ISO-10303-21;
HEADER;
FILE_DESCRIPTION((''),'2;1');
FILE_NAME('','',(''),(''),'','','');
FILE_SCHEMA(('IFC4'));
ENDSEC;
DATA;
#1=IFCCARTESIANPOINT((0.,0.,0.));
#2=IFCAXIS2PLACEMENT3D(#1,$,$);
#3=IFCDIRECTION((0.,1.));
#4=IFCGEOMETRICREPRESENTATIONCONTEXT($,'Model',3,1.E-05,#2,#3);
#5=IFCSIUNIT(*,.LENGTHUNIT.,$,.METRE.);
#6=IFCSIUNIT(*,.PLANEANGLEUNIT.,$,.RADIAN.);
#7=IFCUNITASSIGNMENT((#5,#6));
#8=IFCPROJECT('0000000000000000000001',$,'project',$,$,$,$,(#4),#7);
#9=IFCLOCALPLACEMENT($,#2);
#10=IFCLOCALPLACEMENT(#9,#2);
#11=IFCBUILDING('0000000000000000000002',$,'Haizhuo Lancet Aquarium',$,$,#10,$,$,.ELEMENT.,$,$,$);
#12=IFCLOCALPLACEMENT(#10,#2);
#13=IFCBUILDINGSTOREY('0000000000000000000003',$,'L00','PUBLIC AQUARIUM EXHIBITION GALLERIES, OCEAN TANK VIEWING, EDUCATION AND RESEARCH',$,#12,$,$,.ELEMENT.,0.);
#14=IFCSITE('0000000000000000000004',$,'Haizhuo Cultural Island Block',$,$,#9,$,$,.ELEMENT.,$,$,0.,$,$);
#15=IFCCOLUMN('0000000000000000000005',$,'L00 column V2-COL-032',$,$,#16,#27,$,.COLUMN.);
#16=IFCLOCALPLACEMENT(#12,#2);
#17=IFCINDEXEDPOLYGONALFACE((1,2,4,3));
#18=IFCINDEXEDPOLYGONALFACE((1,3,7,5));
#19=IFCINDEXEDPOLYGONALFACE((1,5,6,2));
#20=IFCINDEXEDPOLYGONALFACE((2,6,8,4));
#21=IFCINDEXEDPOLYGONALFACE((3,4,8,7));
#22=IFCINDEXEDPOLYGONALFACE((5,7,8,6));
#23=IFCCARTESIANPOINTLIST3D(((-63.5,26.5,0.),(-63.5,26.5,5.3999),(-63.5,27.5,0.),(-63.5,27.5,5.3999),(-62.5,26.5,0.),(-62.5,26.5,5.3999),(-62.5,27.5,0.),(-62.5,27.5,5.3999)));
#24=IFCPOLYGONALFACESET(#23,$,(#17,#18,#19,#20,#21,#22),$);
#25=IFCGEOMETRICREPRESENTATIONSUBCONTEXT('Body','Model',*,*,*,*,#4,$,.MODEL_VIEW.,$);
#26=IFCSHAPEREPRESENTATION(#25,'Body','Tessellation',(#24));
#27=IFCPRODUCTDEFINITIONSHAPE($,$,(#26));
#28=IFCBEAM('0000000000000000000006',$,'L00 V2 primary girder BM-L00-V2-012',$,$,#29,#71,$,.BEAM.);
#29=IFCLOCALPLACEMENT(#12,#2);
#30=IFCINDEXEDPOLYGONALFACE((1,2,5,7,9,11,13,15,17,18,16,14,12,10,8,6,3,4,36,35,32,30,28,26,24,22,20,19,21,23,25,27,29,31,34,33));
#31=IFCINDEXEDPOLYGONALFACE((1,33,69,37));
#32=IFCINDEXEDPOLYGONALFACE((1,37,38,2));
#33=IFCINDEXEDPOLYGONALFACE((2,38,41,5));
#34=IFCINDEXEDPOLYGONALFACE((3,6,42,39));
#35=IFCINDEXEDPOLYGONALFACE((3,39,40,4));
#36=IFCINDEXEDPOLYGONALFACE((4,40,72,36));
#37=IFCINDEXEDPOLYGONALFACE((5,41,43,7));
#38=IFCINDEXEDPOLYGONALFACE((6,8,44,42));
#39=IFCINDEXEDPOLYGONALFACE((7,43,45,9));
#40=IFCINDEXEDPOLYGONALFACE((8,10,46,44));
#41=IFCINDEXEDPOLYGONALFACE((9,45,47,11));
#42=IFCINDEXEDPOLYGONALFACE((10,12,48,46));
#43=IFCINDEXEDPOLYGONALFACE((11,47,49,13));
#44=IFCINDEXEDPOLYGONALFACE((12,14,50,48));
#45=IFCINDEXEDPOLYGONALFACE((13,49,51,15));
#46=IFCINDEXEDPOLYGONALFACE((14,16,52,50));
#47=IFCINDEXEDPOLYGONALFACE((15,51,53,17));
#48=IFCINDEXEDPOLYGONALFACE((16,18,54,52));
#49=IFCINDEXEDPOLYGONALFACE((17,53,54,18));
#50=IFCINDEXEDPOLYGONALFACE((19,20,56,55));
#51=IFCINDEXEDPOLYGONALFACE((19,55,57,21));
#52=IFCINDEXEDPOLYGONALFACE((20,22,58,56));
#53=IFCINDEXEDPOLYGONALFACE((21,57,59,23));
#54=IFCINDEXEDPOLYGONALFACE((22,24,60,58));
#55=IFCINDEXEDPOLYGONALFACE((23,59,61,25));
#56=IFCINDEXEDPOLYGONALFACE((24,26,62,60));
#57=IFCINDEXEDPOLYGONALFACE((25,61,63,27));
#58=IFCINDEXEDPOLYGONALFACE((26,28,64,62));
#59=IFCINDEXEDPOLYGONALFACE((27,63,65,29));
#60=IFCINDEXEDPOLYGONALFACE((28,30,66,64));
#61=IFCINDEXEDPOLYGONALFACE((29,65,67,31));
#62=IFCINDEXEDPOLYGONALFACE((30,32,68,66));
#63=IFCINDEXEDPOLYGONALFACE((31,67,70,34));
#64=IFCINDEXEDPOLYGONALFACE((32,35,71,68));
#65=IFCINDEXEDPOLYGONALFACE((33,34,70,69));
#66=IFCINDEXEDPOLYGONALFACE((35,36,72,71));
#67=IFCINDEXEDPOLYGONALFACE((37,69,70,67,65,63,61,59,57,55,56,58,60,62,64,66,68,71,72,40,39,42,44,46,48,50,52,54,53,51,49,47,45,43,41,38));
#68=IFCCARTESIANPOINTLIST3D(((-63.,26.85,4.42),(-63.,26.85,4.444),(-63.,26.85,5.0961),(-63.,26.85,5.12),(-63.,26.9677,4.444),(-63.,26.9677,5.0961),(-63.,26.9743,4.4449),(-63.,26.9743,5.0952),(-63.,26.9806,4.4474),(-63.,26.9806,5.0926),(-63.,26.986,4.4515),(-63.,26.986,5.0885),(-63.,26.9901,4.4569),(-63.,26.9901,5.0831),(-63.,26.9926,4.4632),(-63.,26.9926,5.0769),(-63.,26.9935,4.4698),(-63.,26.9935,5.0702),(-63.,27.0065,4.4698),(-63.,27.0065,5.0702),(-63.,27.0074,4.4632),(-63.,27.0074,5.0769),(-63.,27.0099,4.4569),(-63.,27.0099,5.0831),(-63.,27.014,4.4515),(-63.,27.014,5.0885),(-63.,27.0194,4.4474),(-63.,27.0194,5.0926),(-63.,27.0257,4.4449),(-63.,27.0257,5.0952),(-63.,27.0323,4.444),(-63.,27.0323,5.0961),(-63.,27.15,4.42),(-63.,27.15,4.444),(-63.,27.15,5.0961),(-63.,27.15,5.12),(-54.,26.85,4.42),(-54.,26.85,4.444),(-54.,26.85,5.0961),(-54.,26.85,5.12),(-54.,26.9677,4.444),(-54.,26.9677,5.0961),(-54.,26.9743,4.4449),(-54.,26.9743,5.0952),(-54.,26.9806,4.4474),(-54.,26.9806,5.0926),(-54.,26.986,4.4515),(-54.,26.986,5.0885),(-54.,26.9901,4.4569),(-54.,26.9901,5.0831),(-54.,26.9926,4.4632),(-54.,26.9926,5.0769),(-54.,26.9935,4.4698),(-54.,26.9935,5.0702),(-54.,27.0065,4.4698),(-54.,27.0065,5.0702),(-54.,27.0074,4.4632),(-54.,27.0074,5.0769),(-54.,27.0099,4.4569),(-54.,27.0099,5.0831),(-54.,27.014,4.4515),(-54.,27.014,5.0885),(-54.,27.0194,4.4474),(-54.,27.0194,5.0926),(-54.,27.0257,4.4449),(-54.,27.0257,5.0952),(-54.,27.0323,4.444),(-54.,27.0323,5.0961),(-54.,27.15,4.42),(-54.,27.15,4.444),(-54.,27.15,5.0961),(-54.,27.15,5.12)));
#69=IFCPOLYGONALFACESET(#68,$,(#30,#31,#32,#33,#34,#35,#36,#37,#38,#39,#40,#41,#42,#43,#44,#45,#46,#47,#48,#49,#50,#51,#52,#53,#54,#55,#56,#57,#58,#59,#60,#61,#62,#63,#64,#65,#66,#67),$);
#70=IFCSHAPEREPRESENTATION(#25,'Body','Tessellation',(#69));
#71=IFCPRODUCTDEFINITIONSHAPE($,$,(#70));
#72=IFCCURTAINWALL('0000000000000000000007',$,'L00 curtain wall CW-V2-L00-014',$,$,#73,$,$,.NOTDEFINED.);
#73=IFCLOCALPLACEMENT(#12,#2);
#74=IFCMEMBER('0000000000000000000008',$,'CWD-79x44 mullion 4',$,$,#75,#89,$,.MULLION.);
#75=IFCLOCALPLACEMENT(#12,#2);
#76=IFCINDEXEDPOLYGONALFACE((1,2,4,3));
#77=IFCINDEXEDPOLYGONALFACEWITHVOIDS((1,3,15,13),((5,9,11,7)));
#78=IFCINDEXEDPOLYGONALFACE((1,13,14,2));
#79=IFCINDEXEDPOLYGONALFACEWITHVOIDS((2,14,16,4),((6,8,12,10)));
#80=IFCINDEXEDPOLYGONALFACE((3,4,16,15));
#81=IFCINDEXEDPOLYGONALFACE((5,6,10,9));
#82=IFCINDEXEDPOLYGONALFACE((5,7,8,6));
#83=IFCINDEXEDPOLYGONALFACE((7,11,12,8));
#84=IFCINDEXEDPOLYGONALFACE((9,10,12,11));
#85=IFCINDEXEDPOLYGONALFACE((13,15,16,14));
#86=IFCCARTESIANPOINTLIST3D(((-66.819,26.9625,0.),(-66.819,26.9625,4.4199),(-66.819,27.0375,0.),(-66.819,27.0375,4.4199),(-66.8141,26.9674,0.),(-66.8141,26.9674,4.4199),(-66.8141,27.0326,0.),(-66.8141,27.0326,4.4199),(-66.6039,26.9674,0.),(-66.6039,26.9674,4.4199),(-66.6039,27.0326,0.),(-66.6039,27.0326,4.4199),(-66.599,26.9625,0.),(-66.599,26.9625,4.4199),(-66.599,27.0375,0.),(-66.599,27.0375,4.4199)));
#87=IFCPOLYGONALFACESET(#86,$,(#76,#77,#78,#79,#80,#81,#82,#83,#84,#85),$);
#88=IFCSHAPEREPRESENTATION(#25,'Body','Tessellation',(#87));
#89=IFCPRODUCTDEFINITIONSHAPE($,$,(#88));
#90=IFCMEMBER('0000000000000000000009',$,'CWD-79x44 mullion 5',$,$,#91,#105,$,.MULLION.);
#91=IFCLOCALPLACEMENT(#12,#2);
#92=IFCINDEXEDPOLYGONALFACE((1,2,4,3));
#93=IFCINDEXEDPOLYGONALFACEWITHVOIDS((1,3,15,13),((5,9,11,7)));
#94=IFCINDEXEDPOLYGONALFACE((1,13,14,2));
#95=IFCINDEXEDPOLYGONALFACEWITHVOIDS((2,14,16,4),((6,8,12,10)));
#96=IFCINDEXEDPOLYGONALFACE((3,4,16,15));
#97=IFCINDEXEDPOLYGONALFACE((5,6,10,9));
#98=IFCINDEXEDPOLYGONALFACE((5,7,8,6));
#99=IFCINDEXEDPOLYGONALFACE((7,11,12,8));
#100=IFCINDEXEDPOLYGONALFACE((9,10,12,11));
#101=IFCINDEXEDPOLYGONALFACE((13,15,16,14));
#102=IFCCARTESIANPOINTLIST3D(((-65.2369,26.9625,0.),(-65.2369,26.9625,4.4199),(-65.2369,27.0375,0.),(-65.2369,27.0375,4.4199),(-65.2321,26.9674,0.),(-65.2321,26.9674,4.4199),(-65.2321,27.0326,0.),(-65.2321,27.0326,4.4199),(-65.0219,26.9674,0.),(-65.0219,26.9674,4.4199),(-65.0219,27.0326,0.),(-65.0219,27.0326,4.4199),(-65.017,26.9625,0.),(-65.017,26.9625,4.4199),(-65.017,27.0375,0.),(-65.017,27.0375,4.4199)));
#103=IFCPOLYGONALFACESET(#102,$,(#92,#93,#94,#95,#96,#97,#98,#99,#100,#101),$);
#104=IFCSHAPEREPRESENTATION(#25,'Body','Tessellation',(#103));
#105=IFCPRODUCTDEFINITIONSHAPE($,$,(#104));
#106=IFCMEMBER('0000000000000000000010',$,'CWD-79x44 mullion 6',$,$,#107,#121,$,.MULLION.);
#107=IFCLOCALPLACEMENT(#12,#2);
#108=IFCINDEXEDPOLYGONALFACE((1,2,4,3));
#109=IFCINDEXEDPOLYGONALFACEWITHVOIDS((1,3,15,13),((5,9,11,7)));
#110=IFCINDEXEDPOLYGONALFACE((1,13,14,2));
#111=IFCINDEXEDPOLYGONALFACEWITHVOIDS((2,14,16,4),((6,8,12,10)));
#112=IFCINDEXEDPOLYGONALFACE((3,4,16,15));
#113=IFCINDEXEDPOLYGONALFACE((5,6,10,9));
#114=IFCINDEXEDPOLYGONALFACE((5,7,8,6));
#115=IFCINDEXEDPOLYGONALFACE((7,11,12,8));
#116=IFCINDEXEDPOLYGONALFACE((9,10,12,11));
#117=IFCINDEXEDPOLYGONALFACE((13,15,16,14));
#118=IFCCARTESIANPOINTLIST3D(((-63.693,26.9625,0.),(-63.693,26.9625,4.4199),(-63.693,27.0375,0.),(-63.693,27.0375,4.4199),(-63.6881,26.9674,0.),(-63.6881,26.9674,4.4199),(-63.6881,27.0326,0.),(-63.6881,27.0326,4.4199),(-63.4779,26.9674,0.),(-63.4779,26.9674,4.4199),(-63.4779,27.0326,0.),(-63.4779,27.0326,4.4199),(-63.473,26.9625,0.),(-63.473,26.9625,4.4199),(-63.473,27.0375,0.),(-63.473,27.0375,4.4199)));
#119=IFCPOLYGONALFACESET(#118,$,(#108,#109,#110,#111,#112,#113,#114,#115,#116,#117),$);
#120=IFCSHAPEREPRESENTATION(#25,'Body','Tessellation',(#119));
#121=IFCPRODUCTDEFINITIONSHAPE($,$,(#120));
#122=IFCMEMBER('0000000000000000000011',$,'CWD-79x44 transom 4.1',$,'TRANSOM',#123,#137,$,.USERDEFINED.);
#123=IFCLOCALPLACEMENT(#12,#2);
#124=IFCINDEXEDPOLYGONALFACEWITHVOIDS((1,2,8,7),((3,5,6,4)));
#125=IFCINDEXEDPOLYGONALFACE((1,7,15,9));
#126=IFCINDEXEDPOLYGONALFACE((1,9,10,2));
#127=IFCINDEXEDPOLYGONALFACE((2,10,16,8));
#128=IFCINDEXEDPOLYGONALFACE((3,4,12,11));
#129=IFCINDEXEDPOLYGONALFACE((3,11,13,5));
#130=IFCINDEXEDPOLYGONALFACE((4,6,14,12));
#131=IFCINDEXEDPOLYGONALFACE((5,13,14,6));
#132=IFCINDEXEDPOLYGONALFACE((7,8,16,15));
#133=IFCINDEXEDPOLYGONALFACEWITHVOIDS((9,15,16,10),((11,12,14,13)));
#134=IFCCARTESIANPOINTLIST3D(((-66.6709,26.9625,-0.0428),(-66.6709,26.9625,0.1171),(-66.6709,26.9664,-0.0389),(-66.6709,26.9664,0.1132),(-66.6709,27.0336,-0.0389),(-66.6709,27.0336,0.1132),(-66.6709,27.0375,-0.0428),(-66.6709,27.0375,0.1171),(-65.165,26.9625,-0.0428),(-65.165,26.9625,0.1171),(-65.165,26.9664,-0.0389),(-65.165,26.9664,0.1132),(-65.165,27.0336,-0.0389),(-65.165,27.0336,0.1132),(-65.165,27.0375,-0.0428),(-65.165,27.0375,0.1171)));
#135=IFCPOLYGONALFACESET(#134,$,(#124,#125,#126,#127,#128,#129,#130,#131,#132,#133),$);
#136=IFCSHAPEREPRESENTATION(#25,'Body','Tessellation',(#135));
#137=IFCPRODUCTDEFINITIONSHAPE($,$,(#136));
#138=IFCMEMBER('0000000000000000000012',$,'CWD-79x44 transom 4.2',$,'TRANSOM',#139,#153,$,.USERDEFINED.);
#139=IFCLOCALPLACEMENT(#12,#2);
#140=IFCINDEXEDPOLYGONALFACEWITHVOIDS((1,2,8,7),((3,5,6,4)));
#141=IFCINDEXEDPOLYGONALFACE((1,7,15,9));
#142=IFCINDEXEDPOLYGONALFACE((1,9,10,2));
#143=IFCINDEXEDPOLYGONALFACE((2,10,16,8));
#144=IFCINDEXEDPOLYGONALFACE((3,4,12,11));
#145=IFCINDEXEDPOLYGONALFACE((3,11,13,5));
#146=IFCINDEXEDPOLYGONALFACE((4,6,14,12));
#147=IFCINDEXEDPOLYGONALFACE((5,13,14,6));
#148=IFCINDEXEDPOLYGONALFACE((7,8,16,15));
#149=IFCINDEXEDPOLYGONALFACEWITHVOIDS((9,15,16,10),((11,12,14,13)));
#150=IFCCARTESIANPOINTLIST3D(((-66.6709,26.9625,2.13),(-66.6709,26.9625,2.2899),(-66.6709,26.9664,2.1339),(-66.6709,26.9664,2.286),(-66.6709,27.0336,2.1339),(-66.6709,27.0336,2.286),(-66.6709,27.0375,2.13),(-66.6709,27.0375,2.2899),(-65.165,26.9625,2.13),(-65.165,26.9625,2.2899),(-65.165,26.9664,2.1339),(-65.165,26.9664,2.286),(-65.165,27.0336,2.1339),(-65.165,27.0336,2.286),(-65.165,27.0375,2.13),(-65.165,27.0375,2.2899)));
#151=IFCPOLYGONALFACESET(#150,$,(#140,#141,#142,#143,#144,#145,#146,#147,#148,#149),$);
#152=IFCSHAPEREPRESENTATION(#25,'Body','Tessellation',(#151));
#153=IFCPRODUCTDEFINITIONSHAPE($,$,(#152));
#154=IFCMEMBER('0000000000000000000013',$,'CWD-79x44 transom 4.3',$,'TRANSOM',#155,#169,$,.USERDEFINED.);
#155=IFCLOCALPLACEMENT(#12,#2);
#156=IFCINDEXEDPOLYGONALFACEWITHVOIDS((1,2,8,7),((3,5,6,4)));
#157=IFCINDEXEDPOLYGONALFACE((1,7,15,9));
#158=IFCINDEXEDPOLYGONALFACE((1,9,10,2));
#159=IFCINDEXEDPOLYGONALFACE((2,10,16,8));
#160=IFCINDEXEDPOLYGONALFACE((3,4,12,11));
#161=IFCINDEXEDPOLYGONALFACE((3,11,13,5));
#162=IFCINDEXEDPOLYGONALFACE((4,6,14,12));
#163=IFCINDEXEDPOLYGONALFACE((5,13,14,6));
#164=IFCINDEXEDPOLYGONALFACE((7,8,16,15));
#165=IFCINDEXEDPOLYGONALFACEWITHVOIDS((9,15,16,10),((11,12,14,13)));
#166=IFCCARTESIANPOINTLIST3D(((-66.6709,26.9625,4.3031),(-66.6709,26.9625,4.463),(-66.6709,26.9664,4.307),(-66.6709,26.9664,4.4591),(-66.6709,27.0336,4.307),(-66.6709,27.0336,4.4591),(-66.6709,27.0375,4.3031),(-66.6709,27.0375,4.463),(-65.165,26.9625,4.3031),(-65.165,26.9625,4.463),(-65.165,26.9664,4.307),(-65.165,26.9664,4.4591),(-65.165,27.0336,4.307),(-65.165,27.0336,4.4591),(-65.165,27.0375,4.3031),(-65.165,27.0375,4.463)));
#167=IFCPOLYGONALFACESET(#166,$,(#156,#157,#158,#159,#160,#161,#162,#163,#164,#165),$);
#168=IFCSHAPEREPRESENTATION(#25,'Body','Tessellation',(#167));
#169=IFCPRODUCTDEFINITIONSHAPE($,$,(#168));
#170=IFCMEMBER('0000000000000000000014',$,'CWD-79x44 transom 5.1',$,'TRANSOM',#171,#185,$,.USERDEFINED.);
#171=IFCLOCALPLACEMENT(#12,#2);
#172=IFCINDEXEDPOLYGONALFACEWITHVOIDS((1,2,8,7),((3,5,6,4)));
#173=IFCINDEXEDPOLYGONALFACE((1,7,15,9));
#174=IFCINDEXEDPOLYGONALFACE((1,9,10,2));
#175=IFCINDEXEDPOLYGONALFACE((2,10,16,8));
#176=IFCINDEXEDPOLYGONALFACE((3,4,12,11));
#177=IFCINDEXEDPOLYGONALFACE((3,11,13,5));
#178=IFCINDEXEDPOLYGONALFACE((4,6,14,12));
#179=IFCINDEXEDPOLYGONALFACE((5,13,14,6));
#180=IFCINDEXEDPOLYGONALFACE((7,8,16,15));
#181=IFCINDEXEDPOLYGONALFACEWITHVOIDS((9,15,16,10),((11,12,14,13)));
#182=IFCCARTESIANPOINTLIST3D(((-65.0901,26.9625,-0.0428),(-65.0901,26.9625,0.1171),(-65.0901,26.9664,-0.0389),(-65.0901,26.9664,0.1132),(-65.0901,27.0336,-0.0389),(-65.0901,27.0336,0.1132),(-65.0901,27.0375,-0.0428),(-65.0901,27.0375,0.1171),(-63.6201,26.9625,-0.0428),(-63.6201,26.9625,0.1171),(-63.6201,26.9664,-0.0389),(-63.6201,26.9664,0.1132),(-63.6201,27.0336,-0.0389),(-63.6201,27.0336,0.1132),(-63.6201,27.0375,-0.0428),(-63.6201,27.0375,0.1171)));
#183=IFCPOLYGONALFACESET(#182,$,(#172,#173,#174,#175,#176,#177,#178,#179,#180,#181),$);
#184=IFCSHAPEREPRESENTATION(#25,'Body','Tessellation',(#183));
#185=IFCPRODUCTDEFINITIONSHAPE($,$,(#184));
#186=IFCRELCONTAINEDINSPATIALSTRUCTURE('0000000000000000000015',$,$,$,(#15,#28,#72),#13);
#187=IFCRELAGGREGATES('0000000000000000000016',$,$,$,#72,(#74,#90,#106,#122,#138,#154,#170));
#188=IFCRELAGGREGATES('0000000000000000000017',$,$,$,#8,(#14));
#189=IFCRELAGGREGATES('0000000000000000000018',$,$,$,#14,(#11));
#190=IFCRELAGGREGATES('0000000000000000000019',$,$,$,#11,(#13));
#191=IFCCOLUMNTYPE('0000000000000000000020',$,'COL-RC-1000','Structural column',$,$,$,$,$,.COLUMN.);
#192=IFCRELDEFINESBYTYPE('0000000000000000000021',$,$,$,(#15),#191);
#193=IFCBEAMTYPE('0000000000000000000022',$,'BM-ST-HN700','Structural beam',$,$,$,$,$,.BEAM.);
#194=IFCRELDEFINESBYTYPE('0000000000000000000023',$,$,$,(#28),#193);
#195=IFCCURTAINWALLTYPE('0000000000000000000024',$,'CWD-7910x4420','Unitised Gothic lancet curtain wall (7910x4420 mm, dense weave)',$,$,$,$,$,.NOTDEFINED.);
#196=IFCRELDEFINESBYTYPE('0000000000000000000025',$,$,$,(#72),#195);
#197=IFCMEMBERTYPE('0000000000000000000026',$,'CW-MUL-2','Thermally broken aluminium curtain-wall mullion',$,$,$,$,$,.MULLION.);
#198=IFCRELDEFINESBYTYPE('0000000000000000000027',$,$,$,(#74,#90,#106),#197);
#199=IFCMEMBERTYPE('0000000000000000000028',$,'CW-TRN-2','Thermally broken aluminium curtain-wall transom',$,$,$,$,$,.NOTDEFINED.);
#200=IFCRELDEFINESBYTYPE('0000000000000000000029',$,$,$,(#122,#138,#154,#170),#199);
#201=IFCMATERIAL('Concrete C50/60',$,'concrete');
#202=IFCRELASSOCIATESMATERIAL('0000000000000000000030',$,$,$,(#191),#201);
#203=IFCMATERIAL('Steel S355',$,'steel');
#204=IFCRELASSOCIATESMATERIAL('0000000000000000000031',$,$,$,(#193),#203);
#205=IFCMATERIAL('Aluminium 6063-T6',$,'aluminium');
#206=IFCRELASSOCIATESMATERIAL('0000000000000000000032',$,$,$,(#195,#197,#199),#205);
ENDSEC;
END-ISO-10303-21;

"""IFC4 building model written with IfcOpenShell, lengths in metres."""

from ifc_helpers import new_model, si_unit, direction, frame, origin, origin_2d, place, context, subcontext, project, spatial, rectangle, hollow_rectangle, i_section, extrude, material, material_profile, profile_set, type_object, element, aggregate, save


model = new_model("IFC4")

# Units and contexts
model_context = context("Model", 3, precision=1e-05, world=origin(), true_north=direction((0.0, 1.0)))
body_context = subcontext(model_context, "Body", "Model", "MODEL_VIEW")
ifc_project = project(units=[si_unit("LENGTHUNIT", "METRE"), si_unit("PLANEANGLEUNIT", "RADIAN")], contexts=[model_context])

# Site, building, storey
site_placement = place(None, origin())
site = spatial("IfcSite", under=ifc_project, at=site_placement, Name="Haizhuo Cultural Island Block", CompositionType="ELEMENT", RefElevation=0.0)
building_placement = place(site_placement, origin())
building = spatial("IfcBuilding", under=site, at=building_placement, Name="Haizhuo Lancet Aquarium", CompositionType="ELEMENT")
storey_placement = place(building_placement, origin())
storey = spatial("IfcBuildingStorey", under=building, at=storey_placement, Name="L00", Description="PUBLIC AQUARIUM EXHIBITION GALLERIES, OCEAN TANK VIEWING, EDUCATION AND RESEARCH", CompositionType="ELEMENT", Elevation=0.0)

# Column
ifc_material_1 = material(Name="Concrete C50/60", Category="concrete")
ifc_material_profile_1 = material_profile(ifc_material_1, rectangle(XDim=1.0, YDim=1.0, at=origin_2d()), Name="RC-COL 1000x1000")
ifc_profile_set_1 = profile_set([ifc_material_profile_1], Name="Concrete C50/60")
column_type = type_object("IfcColumnType", Name="COL-RC-1000", Description="Structural column", PredefinedType="COLUMN", material=ifc_profile_set_1)
column_placement = place(storey_placement, frame((-63.0, 27.0, 0.0), z_axis=(0.0, 0.0, 1.0), x_axis=(1.0, 0.0, 0.0)))
element("IfcColumn", 1, at=column_placement, inside=storey, type_object=column_type, Name="L00 column V2-COL-032", PredefinedType="COLUMN", context=body_context, shape_type="SweptSolid", body=[
    extrude(rectangle(XDim=1.0, YDim=1.0, at=origin_2d()), origin(), (0.0, 0.0, 1.0), 5.3999),
])

# Beam
ifc_material_2 = material(Name="Steel S355", Category="steel")
ifc_material_profile_2 = material_profile(ifc_material_2, i_section(OverallWidth=0.3, OverallDepth=0.7, WebThickness=0.0129, FlangeThickness=0.0239, FilletRadius=0.0259, at=origin_2d()), Name="HN 700x300x13x24")
ifc_profile_set_2 = profile_set([ifc_material_profile_2], Name="Steel S355")
beam_type = type_object("IfcBeamType", Name="BM-ST-HN700", Description="Structural beam", PredefinedType="BEAM", material=ifc_profile_set_2)
beam_placement = place(storey_placement, frame((-63.0, 27.0, 4.77), z_axis=(1.0, 0.0, 0.0), x_axis=(0.0, 1.0, 0.0)))
element("IfcBeam", 2, at=beam_placement, inside=storey, type_object=beam_type, Name="L00 V2 primary girder BM-L00-V2-012", PredefinedType="BEAM", context=body_context, shape_type="SweptSolid", body=[
    extrude(i_section(OverallWidth=0.3, OverallDepth=0.7, WebThickness=0.0129, FlangeThickness=0.0239, FilletRadius=0.0259, at=origin_2d()), origin(), (0.0, 0.0, 1.0), 9.0),
])

# Curtain wall, members
ifc_material_3 = material(Name="Aluminium 6063-T6", Category="aluminium")
curtain_wall_type = type_object("IfcCurtainWallType", Name="CWD-7910x4420", Description="Unitised Gothic lancet curtain wall (7910x4420 mm, dense weave)", PredefinedType="NOTDEFINED", material=ifc_material_3)
curtain_wall_placement = place(storey_placement, origin())
curtain_wall = element("IfcCurtainWall", 3, at=curtain_wall_placement, inside=storey, type_object=curtain_wall_type, Name="L00 curtain wall CW-V2-L00-014", PredefinedType="NOTDEFINED")
ifc_material_profile_3 = material_profile(ifc_material_3, hollow_rectangle(XDim=0.075, YDim=0.22, WallThickness=0.0049, at=origin_2d()), Name="ALU-M 75x220x5")
ifc_profile_set_3 = profile_set([ifc_material_profile_3], Name="Aluminium 6063-T6")
member_type_1 = type_object("IfcMemberType", Name="CW-MUL-2", Description="Thermally broken aluminium curtain-wall mullion", PredefinedType="MULLION", material=ifc_profile_set_3)
member_1_placement = place(storey_placement, frame((-66.709, 27.0, 0.0), z_axis=(0.0, 0.0, 1.0), x_axis=(0.0, 1.0, 0.0)))
member_1 = element("IfcMember", 4, at=member_1_placement, type_object=member_type_1, Name="CWD-79x44 mullion 4", PredefinedType="MULLION", context=body_context, shape_type="SweptSolid", body=[
    extrude(hollow_rectangle(XDim=0.075, YDim=0.22, WallThickness=0.0049, at=origin_2d()), origin(), (0.0, 0.0, 1.0), 4.4199),
])
member_2_placement = place(storey_placement, frame((-65.127, 27.0, 0.0), z_axis=(0.0, 0.0, 1.0), x_axis=(0.0, 1.0, 0.0)))
member_2 = element("IfcMember", 5, at=member_2_placement, type_object=member_type_1, Name="CWD-79x44 mullion 5", PredefinedType="MULLION", context=body_context, shape_type="SweptSolid", body=[
    extrude(hollow_rectangle(XDim=0.075, YDim=0.22, WallThickness=0.0049, at=origin_2d()), origin(), (0.0, 0.0, 1.0), 4.4199),
])
member_3_placement = place(storey_placement, frame((-63.583, 27.0, 0.0), z_axis=(0.0, 0.0, 1.0), x_axis=(0.0, 1.0, 0.0)))
member_3 = element("IfcMember", 6, at=member_3_placement, type_object=member_type_1, Name="CWD-79x44 mullion 6", PredefinedType="MULLION", context=body_context, shape_type="SweptSolid", body=[
    extrude(hollow_rectangle(XDim=0.075, YDim=0.22, WallThickness=0.0049, at=origin_2d()), origin(), (0.0, 0.0, 1.0), 4.4199),
])
ifc_material_profile_4 = material_profile(ifc_material_3, hollow_rectangle(XDim=0.075, YDim=0.1599, WallThickness=0.0039, at=origin_2d()), Name="ALU-T 75x160x4")
ifc_profile_set_4 = profile_set([ifc_material_profile_4], Name="Aluminium 6063-T6")
member_type_2 = type_object("IfcMemberType", Name="CW-TRN-2", Description="Thermally broken aluminium curtain-wall transom", PredefinedType="NOTDEFINED", material=ifc_profile_set_4)
member_4_placement = place(storey_placement, frame((-66.6709, 27.0, 0.0371), z_axis=(1.0, 0.0, 0.0), x_axis=(0.0, 1.0, 0.0)))
member_4 = element("IfcMember", 7, at=member_4_placement, type_object=member_type_2, Name="CWD-79x44 transom 4.1", ObjectType="TRANSOM", PredefinedType="USERDEFINED", context=body_context, shape_type="SweptSolid", body=[
    extrude(hollow_rectangle(XDim=0.075, YDim=0.1599, WallThickness=0.0039, at=origin_2d()), origin(), (0.0, 0.0, 1.0), 1.5059),
])
member_5_placement = place(storey_placement, frame((-66.6709, 27.0, 2.21), z_axis=(1.0, 0.0, 0.0), x_axis=(0.0, 1.0, 0.0)))
member_5 = element("IfcMember", 8, at=member_5_placement, type_object=member_type_2, Name="CWD-79x44 transom 4.2", ObjectType="TRANSOM", PredefinedType="USERDEFINED", context=body_context, shape_type="SweptSolid", body=[
    extrude(hollow_rectangle(XDim=0.075, YDim=0.1599, WallThickness=0.0039, at=origin_2d()), origin(), (0.0, 0.0, 1.0), 1.5059),
])
member_6_placement = place(storey_placement, frame((-66.6709, 27.0, 4.3831), z_axis=(1.0, 0.0, 0.0), x_axis=(0.0, 1.0, 0.0)))
member_6 = element("IfcMember", 9, at=member_6_placement, type_object=member_type_2, Name="CWD-79x44 transom 4.3", ObjectType="TRANSOM", PredefinedType="USERDEFINED", context=body_context, shape_type="SweptSolid", body=[
    extrude(hollow_rectangle(XDim=0.075, YDim=0.1599, WallThickness=0.0039, at=origin_2d()), origin(), (0.0, 0.0, 1.0), 1.5059),
])
member_7_placement = place(storey_placement, frame((-65.0901, 27.0, 0.0371), z_axis=(1.0, 0.0, 0.0), x_axis=(0.0, 1.0, 0.0)))
member_7 = element("IfcMember", 10, at=member_7_placement, type_object=member_type_2, Name="CWD-79x44 transom 5.1", ObjectType="TRANSOM", PredefinedType="USERDEFINED", context=body_context, shape_type="SweptSolid", body=[
    extrude(hollow_rectangle(XDim=0.075, YDim=0.1599, WallThickness=0.0039, at=origin_2d()), origin(), (0.0, 0.0, 1.0), 1.47),
])

aggregate(curtain_wall, [member_1, member_2, member_3, member_4, member_5, member_6, member_7])

save(model, "model.ifc")
